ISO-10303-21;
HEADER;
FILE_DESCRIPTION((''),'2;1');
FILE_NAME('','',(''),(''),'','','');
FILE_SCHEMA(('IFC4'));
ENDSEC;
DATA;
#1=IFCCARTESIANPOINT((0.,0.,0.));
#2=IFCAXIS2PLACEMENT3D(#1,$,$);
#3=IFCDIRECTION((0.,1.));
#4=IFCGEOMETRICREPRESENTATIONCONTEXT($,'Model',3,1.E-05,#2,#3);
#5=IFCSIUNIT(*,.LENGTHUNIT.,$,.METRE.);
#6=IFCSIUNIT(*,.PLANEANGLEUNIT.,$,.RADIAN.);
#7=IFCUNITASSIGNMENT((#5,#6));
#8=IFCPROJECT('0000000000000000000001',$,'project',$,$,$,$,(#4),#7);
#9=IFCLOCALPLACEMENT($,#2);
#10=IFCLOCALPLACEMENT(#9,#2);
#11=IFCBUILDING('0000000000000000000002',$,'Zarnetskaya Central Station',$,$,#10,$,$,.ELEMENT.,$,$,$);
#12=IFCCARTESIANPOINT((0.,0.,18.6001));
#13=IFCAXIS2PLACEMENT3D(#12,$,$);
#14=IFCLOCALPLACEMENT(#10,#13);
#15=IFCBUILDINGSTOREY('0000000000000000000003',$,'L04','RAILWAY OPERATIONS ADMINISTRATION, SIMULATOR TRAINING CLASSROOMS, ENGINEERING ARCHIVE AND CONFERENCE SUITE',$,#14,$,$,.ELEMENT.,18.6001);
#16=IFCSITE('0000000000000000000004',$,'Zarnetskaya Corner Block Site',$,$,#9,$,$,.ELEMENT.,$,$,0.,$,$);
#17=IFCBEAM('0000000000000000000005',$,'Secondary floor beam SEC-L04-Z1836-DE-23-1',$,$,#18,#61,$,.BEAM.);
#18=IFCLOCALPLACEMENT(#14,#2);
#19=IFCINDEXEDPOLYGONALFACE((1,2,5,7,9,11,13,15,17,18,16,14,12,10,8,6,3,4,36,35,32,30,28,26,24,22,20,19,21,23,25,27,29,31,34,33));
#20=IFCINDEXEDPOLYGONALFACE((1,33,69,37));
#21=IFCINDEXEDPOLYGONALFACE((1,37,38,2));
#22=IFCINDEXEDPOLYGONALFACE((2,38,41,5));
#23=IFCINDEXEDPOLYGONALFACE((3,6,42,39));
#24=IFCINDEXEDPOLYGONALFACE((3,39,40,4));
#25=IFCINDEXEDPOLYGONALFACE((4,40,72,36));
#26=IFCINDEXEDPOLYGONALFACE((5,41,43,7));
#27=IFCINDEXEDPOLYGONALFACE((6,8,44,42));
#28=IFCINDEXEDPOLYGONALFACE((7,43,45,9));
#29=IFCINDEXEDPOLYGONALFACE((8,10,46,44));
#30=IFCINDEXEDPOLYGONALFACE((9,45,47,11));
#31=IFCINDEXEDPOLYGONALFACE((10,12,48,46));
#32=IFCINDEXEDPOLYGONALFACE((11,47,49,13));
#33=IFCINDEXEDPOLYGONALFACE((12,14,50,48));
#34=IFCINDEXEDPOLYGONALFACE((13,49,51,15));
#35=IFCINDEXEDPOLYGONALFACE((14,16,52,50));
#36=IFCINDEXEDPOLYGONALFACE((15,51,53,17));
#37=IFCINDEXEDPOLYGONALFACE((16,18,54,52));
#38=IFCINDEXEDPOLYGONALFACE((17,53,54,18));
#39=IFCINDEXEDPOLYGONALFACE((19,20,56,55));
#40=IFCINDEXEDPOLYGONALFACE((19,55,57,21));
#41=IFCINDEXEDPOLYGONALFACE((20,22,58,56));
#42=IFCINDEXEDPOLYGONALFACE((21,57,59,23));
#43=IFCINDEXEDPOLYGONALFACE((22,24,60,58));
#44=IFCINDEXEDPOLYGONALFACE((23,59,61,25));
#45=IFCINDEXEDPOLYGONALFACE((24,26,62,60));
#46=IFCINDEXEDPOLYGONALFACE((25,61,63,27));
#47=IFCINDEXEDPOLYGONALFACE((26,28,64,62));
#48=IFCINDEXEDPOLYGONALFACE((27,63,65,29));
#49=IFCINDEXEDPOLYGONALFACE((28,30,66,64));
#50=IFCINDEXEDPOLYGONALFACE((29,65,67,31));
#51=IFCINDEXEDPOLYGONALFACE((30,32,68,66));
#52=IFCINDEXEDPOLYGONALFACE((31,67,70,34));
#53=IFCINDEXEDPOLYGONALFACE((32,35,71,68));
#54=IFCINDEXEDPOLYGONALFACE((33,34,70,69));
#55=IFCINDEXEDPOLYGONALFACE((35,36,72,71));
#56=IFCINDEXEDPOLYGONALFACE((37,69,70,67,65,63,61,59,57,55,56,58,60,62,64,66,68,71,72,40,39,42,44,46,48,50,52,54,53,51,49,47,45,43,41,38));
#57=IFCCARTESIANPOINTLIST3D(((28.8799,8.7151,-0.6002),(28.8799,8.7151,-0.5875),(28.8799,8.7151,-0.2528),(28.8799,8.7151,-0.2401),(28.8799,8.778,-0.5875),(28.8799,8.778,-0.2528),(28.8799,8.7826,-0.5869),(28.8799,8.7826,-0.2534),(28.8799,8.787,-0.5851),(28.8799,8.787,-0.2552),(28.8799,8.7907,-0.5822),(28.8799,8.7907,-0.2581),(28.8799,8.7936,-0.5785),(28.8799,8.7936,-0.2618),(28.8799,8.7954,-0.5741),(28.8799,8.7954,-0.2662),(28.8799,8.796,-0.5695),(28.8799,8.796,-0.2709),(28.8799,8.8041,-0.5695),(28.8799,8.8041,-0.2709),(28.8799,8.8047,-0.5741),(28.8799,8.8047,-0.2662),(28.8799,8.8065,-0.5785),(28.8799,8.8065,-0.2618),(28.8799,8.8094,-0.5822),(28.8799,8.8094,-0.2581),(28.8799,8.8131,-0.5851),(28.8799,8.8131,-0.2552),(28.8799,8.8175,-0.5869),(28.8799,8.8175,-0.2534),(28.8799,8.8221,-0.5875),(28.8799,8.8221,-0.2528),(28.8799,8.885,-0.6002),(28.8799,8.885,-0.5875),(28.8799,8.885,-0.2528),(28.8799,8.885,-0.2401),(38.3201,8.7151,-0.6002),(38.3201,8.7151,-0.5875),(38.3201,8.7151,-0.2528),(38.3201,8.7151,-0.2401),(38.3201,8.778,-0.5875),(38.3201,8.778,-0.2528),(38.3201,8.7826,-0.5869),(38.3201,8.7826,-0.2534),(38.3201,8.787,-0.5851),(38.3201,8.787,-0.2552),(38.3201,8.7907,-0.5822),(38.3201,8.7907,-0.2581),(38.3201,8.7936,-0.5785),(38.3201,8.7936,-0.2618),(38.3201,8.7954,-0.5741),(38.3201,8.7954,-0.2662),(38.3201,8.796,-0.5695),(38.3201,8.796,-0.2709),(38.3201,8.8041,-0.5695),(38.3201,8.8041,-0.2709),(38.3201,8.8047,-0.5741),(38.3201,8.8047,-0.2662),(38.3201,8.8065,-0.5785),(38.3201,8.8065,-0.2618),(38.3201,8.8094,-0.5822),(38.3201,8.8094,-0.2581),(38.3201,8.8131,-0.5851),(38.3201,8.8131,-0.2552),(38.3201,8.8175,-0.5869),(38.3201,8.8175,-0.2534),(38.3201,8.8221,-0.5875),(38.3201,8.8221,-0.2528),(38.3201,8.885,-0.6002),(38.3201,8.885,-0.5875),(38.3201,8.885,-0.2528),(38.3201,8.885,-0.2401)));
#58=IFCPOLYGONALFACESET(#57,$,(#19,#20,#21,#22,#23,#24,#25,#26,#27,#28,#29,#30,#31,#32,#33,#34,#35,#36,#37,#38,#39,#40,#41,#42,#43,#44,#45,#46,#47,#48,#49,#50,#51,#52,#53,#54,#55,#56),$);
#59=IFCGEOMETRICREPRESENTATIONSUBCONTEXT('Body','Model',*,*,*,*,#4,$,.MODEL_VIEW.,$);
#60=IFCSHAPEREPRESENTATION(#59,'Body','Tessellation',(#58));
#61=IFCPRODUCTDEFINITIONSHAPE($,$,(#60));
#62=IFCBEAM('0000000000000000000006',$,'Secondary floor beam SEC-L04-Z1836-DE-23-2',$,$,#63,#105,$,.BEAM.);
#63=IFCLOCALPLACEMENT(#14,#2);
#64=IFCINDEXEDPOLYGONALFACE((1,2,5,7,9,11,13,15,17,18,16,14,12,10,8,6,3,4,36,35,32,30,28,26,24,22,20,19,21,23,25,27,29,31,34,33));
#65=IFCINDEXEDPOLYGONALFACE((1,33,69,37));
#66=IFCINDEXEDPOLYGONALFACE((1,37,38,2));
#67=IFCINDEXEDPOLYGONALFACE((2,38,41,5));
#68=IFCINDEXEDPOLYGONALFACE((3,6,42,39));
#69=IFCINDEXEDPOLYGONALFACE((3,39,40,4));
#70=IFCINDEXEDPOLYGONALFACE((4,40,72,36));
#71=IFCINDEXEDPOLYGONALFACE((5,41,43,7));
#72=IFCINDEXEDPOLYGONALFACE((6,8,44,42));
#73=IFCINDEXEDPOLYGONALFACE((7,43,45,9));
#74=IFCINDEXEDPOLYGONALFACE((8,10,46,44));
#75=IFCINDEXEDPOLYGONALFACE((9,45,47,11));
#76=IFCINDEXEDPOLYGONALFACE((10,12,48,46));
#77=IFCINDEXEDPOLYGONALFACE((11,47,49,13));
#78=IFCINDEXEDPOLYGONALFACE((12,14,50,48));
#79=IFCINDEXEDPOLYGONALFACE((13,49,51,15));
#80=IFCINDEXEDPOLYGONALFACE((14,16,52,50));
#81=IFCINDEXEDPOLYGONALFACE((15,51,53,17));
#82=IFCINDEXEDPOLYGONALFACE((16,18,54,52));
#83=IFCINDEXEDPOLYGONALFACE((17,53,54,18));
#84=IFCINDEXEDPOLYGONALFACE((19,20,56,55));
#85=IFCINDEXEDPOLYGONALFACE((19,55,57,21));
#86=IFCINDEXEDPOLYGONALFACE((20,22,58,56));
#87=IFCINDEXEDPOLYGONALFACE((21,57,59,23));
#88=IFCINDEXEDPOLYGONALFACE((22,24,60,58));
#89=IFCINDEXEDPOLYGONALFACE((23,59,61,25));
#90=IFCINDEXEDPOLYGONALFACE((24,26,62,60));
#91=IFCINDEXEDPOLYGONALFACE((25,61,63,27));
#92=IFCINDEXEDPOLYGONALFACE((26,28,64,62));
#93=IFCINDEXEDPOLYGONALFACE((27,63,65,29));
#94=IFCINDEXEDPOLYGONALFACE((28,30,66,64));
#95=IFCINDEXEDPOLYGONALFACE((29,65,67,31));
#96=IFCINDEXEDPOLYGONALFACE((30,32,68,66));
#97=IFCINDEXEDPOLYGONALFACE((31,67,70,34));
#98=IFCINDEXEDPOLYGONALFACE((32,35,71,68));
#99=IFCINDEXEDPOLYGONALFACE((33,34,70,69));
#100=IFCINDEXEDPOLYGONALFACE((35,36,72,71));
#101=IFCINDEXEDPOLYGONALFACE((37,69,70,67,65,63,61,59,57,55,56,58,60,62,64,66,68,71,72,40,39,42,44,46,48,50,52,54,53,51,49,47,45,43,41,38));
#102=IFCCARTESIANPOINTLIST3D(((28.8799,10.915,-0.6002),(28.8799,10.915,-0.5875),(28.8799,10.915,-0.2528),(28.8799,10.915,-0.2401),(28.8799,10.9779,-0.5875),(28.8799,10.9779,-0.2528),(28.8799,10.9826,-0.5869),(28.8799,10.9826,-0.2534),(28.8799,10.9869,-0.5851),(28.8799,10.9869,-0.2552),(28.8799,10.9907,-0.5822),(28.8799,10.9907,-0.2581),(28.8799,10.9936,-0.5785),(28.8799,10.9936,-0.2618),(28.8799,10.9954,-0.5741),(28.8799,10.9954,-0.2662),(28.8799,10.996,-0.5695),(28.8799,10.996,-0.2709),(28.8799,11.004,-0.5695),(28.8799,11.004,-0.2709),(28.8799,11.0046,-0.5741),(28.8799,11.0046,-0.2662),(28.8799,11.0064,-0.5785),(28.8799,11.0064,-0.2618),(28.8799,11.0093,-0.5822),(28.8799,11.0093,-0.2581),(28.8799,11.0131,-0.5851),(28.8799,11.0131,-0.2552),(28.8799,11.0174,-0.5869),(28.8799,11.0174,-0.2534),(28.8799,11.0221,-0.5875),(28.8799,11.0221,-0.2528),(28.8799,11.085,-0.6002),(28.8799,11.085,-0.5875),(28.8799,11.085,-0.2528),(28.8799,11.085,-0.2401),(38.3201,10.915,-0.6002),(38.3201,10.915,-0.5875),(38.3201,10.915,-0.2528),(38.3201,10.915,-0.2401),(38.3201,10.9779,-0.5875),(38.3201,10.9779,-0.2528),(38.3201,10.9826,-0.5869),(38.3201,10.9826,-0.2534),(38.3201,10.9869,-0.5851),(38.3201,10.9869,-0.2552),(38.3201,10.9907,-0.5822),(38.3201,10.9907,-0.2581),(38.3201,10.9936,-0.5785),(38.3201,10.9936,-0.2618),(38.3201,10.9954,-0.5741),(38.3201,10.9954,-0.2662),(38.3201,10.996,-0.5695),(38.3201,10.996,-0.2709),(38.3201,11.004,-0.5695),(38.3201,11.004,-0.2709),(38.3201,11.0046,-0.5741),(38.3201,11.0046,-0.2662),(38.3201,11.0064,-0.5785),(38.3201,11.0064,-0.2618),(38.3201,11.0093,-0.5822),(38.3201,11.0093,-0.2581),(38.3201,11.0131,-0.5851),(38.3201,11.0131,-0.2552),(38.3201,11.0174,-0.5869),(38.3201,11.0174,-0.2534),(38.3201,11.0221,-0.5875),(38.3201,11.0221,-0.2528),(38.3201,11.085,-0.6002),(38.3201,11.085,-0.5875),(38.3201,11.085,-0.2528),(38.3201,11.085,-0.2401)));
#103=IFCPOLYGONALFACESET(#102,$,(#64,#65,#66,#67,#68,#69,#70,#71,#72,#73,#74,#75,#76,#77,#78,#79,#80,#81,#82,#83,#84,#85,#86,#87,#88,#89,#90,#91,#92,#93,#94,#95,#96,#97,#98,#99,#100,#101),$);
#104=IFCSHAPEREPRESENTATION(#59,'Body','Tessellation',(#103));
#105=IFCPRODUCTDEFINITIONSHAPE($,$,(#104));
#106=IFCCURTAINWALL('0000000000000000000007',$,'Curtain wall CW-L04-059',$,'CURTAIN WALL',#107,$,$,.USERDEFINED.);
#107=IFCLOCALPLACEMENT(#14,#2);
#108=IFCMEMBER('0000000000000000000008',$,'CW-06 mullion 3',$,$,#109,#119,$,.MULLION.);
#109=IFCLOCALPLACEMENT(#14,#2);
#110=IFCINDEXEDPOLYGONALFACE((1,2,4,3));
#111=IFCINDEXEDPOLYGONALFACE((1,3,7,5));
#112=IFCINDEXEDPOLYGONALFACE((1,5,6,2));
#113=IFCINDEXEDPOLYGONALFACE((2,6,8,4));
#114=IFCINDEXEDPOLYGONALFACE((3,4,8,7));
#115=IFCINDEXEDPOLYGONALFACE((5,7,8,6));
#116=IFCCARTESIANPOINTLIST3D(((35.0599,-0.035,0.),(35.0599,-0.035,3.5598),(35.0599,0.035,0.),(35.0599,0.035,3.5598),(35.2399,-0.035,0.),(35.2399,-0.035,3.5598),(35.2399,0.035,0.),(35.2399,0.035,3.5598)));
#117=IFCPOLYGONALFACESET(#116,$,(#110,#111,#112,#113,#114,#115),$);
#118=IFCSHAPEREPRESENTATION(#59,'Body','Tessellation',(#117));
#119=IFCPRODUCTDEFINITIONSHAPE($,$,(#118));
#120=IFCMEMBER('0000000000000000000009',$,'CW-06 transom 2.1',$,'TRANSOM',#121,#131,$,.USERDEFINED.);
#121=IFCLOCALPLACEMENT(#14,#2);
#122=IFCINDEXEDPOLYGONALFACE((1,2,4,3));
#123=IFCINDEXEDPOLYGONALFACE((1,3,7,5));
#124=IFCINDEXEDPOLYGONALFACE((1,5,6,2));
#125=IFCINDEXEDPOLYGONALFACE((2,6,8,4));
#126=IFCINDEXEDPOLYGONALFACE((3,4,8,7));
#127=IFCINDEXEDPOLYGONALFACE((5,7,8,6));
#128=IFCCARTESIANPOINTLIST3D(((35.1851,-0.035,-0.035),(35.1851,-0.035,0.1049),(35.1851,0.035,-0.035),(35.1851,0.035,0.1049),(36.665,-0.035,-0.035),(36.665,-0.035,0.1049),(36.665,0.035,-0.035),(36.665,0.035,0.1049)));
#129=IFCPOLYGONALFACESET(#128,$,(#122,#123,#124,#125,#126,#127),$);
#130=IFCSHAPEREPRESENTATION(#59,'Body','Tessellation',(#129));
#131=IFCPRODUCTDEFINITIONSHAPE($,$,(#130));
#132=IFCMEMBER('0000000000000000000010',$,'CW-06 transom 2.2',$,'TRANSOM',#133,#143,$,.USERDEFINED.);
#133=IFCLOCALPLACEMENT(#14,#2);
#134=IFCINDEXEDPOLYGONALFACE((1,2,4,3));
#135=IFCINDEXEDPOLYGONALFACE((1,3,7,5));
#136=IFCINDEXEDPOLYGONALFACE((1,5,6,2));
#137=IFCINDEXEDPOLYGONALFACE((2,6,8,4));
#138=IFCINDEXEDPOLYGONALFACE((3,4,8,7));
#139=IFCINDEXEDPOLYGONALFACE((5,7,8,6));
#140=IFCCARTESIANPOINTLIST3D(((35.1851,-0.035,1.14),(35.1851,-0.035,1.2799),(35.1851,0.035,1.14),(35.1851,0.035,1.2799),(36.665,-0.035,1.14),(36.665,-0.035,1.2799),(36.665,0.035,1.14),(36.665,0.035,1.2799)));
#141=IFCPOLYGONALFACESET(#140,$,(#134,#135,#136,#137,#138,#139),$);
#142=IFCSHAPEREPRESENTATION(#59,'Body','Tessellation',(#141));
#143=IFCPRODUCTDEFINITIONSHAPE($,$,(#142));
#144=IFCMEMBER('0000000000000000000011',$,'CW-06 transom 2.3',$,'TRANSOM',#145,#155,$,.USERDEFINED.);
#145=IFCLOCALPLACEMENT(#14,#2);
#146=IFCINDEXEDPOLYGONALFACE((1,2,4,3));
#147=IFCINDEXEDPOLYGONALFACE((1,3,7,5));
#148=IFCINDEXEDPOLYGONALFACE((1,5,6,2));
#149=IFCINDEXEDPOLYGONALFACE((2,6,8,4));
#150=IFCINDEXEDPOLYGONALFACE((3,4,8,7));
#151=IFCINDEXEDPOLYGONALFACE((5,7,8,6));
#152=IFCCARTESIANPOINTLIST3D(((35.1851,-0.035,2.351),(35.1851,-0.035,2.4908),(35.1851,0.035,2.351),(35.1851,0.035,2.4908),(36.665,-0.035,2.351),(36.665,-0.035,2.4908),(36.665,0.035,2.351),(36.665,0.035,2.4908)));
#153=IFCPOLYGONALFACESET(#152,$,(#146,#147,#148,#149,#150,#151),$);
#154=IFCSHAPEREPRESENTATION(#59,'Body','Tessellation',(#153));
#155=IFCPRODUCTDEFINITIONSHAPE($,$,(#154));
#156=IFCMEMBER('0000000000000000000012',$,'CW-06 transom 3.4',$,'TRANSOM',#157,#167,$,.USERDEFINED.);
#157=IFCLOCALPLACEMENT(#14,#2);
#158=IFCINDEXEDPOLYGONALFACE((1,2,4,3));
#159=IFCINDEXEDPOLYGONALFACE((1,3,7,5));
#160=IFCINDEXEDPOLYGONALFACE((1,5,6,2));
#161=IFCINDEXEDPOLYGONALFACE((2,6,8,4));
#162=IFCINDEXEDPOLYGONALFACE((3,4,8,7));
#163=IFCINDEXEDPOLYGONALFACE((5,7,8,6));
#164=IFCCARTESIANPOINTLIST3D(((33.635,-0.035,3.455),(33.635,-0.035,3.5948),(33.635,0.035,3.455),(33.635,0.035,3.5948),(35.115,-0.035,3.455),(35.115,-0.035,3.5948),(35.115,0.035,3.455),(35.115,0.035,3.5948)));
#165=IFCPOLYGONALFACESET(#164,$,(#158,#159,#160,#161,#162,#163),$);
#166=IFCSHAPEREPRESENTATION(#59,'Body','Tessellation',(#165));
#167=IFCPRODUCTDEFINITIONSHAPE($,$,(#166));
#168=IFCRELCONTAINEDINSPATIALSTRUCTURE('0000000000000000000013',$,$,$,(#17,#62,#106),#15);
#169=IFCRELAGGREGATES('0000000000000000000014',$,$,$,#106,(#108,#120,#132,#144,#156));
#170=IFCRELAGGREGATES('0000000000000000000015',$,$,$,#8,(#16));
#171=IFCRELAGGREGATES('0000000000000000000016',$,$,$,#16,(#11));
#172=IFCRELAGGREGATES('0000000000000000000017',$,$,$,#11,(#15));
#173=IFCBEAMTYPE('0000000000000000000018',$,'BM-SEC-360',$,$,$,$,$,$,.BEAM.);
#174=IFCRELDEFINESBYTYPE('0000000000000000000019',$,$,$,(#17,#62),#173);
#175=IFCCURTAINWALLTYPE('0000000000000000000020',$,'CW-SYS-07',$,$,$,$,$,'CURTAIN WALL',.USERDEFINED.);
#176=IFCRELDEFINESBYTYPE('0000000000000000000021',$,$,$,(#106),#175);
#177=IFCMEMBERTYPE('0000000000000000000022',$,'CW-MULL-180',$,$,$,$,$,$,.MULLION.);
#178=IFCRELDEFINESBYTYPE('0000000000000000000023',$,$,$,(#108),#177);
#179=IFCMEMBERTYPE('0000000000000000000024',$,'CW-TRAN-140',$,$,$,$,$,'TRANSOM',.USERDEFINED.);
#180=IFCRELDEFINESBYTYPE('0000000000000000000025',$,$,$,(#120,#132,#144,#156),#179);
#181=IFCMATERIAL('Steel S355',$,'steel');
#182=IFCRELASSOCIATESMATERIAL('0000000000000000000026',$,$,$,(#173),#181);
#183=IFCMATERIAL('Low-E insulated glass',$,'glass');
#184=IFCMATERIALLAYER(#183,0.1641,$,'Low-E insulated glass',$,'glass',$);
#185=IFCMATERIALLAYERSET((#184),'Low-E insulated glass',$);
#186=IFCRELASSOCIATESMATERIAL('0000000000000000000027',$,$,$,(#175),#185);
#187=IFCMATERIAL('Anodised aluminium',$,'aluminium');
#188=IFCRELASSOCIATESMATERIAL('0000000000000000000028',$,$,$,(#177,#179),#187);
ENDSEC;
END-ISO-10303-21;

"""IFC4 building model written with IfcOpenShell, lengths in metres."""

from ifc_helpers import new_model, si_unit, direction, frame, origin, origin_2d, place, context, subcontext, project, spatial, rectangle, i_section, extrude, material, layer, layer_set, material_profile, profile_set, type_object, element, aggregate, save


model = new_model("IFC4")

# Units and contexts
model_context = context("Model", 3, precision=1e-05, world=origin(), true_north=direction((0.0, 1.0)))
body_context = subcontext(model_context, "Body", "Model", "MODEL_VIEW")
ifc_project = project(units=[si_unit("LENGTHUNIT", "METRE"), si_unit("PLANEANGLEUNIT", "RADIAN")], contexts=[model_context])

# Site, building, storey
site_placement = place(None, origin())
site = spatial("IfcSite", under=ifc_project, at=site_placement, Name="Zarnetskaya Corner Block Site", CompositionType="ELEMENT", RefElevation=0.0)
building_placement = place(site_placement, origin())
building = spatial("IfcBuilding", under=site, at=building_placement, Name="Zarnetskaya Central Station", CompositionType="ELEMENT")
storey_placement = place(building_placement, frame((0.0, 0.0, 18.6001)))
storey = spatial("IfcBuildingStorey", under=building, at=storey_placement, Name="L04", Description="RAILWAY OPERATIONS ADMINISTRATION, SIMULATOR TRAINING CLASSROOMS, ENGINEERING ARCHIVE AND CONFERENCE SUITE", CompositionType="ELEMENT", Elevation=18.6001)

# Shared definitions
ifc_material_1 = material(Name="Steel S355", Category="steel")

# Beams
ifc_material_profile_1 = material_profile(ifc_material_1, i_section(OverallWidth=0.1699, OverallDepth=0.3601, WebThickness=0.0081, FlangeThickness=0.0127, FilletRadius=0.0181, at=origin_2d()), Name="IPE 360")
ifc_profile_set_1 = profile_set([ifc_material_profile_1], Name="Steel S355")
beam_type_1 = type_object("IfcBeamType", Name="BM-SEC-360", PredefinedType="BEAM", material=ifc_profile_set_1)
for number, where, z_axis, x_axis, name in (
    (1, (28.8799, 8.8, -0.4202), (1.0, 0.0, 0.0), (0.0, 1.0, 0.0), "Secondary floor beam SEC-L04-Z1836-DE-23-1"),
    (2, (28.8799, 11.0, -0.4202), (1.0, 0.0, 0.0), (0.0, 1.0, 0.0), "Secondary floor beam SEC-L04-Z1836-DE-23-2"),
):
    element("IfcBeam", number, at=place(storey_placement, frame(where, z_axis=z_axis, x_axis=x_axis)), inside=storey, type_object=beam_type_1, Name=name, PredefinedType="BEAM", context=body_context, shape_type="SweptSolid", body=[
        extrude(i_section(OverallWidth=0.1699, OverallDepth=0.3601, WebThickness=0.0081, FlangeThickness=0.0127, FilletRadius=0.0181, at=origin_2d()), origin(), (0.0, 0.0, 1.0), 9.4402),
    ])

# Curtain wall, members
ifc_material_2 = material(Name="Low-E insulated glass", Category="glass")
ifc_layer_1 = layer(ifc_material_2, 0.1641, Name="Low-E insulated glass", Category="glass")
ifc_layer_set_1 = layer_set([ifc_layer_1], Name="Low-E insulated glass")
curtain_wall_type = type_object("IfcCurtainWallType", Name="CW-SYS-07", ElementType="CURTAIN WALL", PredefinedType="USERDEFINED", material=ifc_layer_set_1)
curtain_wall_placement = place(storey_placement, origin())
curtain_wall = element("IfcCurtainWall", 3, at=curtain_wall_placement, inside=storey, type_object=curtain_wall_type, Name="Curtain wall CW-L04-059", ObjectType="CURTAIN WALL", PredefinedType="USERDEFINED")
ifc_material_3 = material(Name="Anodised aluminium", Category="aluminium")
ifc_material_profile_2 = material_profile(ifc_material_3, rectangle(XDim=0.0701, YDim=0.1799, at=origin_2d()), Name="ALU MULL 70x180")
ifc_profile_set_2 = profile_set([ifc_material_profile_2], Name="Anodised aluminium")
member_type_1 = type_object("IfcMemberType", Name="CW-MULL-180", PredefinedType="MULLION", material=ifc_profile_set_2)
member_1_placement = place(storey_placement, frame((35.1499, 0.0, 0.0), z_axis=(0.0, 0.0, 1.0), x_axis=(0.0, -1.0, 0.0)))
member_1 = element("IfcMember", 4, at=member_1_placement, type_object=member_type_1, Name="CW-06 mullion 3", PredefinedType="MULLION", context=body_context, shape_type="SweptSolid", body=[
    extrude(rectangle(XDim=0.0701, YDim=0.1799, at=origin_2d()), origin(), (0.0, 0.0, 1.0), 3.5598),
])
ifc_material_profile_3 = material_profile(ifc_material_3, rectangle(XDim=0.0701, YDim=0.1399, at=origin_2d()), Name="ALU TRAN 70x140")
ifc_profile_set_3 = profile_set([ifc_material_profile_3], Name="Anodised aluminium")
member_type_2 = type_object("IfcMemberType", Name="CW-TRAN-140", ElementType="TRANSOM", PredefinedType="USERDEFINED", material=ifc_profile_set_3)
member_2_placement = place(storey_placement, frame((36.665, 0.0, 0.0349), z_axis=(-1.0, 0.0, 0.0), x_axis=(0.0, -1.0, 0.0)))
member_2 = element("IfcMember", 5, at=member_2_placement, type_object=member_type_2, Name="CW-06 transom 2.1", ObjectType="TRANSOM", PredefinedType="USERDEFINED", context=body_context, shape_type="SweptSolid", body=[
    extrude(rectangle(XDim=0.0701, YDim=0.1399, at=origin_2d()), origin(), (0.0, 0.0, 1.0), 1.48),
])
member_3_placement = place(storey_placement, frame((36.665, 0.0, 1.21), z_axis=(-1.0, 0.0, 0.0), x_axis=(0.0, -1.0, 0.0)))
member_3 = element("IfcMember", 6, at=member_3_placement, type_object=member_type_2, Name="CW-06 transom 2.2", ObjectType="TRANSOM", PredefinedType="USERDEFINED", context=body_context, shape_type="SweptSolid", body=[
    extrude(rectangle(XDim=0.0701, YDim=0.1399, at=origin_2d()), origin(), (0.0, 0.0, 1.0), 1.48),
])
member_4_placement = place(storey_placement, frame((36.665, 0.0, 2.4209), z_axis=(-1.0, 0.0, 0.0), x_axis=(0.0, -1.0, 0.0)))
member_4 = element("IfcMember", 7, at=member_4_placement, type_object=member_type_2, Name="CW-06 transom 2.3", ObjectType="TRANSOM", PredefinedType="USERDEFINED", context=body_context, shape_type="SweptSolid", body=[
    extrude(rectangle(XDim=0.0701, YDim=0.1399, at=origin_2d()), origin(), (0.0, 0.0, 1.0), 1.48),
])
member_5_placement = place(storey_placement, frame((35.115, 0.0, 3.5249), z_axis=(-1.0, 0.0, 0.0), x_axis=(0.0, -1.0, 0.0)))
member_5 = element("IfcMember", 8, at=member_5_placement, type_object=member_type_2, Name="CW-06 transom 3.4", ObjectType="TRANSOM", PredefinedType="USERDEFINED", context=body_context, shape_type="SweptSolid", body=[
    extrude(rectangle(XDim=0.0701, YDim=0.1399, at=origin_2d()), origin(), (0.0, 0.0, 1.0), 1.48),
])

aggregate(curtain_wall, [member_1, member_2, member_3, member_4, member_5])

save(model, "model.ifc")
